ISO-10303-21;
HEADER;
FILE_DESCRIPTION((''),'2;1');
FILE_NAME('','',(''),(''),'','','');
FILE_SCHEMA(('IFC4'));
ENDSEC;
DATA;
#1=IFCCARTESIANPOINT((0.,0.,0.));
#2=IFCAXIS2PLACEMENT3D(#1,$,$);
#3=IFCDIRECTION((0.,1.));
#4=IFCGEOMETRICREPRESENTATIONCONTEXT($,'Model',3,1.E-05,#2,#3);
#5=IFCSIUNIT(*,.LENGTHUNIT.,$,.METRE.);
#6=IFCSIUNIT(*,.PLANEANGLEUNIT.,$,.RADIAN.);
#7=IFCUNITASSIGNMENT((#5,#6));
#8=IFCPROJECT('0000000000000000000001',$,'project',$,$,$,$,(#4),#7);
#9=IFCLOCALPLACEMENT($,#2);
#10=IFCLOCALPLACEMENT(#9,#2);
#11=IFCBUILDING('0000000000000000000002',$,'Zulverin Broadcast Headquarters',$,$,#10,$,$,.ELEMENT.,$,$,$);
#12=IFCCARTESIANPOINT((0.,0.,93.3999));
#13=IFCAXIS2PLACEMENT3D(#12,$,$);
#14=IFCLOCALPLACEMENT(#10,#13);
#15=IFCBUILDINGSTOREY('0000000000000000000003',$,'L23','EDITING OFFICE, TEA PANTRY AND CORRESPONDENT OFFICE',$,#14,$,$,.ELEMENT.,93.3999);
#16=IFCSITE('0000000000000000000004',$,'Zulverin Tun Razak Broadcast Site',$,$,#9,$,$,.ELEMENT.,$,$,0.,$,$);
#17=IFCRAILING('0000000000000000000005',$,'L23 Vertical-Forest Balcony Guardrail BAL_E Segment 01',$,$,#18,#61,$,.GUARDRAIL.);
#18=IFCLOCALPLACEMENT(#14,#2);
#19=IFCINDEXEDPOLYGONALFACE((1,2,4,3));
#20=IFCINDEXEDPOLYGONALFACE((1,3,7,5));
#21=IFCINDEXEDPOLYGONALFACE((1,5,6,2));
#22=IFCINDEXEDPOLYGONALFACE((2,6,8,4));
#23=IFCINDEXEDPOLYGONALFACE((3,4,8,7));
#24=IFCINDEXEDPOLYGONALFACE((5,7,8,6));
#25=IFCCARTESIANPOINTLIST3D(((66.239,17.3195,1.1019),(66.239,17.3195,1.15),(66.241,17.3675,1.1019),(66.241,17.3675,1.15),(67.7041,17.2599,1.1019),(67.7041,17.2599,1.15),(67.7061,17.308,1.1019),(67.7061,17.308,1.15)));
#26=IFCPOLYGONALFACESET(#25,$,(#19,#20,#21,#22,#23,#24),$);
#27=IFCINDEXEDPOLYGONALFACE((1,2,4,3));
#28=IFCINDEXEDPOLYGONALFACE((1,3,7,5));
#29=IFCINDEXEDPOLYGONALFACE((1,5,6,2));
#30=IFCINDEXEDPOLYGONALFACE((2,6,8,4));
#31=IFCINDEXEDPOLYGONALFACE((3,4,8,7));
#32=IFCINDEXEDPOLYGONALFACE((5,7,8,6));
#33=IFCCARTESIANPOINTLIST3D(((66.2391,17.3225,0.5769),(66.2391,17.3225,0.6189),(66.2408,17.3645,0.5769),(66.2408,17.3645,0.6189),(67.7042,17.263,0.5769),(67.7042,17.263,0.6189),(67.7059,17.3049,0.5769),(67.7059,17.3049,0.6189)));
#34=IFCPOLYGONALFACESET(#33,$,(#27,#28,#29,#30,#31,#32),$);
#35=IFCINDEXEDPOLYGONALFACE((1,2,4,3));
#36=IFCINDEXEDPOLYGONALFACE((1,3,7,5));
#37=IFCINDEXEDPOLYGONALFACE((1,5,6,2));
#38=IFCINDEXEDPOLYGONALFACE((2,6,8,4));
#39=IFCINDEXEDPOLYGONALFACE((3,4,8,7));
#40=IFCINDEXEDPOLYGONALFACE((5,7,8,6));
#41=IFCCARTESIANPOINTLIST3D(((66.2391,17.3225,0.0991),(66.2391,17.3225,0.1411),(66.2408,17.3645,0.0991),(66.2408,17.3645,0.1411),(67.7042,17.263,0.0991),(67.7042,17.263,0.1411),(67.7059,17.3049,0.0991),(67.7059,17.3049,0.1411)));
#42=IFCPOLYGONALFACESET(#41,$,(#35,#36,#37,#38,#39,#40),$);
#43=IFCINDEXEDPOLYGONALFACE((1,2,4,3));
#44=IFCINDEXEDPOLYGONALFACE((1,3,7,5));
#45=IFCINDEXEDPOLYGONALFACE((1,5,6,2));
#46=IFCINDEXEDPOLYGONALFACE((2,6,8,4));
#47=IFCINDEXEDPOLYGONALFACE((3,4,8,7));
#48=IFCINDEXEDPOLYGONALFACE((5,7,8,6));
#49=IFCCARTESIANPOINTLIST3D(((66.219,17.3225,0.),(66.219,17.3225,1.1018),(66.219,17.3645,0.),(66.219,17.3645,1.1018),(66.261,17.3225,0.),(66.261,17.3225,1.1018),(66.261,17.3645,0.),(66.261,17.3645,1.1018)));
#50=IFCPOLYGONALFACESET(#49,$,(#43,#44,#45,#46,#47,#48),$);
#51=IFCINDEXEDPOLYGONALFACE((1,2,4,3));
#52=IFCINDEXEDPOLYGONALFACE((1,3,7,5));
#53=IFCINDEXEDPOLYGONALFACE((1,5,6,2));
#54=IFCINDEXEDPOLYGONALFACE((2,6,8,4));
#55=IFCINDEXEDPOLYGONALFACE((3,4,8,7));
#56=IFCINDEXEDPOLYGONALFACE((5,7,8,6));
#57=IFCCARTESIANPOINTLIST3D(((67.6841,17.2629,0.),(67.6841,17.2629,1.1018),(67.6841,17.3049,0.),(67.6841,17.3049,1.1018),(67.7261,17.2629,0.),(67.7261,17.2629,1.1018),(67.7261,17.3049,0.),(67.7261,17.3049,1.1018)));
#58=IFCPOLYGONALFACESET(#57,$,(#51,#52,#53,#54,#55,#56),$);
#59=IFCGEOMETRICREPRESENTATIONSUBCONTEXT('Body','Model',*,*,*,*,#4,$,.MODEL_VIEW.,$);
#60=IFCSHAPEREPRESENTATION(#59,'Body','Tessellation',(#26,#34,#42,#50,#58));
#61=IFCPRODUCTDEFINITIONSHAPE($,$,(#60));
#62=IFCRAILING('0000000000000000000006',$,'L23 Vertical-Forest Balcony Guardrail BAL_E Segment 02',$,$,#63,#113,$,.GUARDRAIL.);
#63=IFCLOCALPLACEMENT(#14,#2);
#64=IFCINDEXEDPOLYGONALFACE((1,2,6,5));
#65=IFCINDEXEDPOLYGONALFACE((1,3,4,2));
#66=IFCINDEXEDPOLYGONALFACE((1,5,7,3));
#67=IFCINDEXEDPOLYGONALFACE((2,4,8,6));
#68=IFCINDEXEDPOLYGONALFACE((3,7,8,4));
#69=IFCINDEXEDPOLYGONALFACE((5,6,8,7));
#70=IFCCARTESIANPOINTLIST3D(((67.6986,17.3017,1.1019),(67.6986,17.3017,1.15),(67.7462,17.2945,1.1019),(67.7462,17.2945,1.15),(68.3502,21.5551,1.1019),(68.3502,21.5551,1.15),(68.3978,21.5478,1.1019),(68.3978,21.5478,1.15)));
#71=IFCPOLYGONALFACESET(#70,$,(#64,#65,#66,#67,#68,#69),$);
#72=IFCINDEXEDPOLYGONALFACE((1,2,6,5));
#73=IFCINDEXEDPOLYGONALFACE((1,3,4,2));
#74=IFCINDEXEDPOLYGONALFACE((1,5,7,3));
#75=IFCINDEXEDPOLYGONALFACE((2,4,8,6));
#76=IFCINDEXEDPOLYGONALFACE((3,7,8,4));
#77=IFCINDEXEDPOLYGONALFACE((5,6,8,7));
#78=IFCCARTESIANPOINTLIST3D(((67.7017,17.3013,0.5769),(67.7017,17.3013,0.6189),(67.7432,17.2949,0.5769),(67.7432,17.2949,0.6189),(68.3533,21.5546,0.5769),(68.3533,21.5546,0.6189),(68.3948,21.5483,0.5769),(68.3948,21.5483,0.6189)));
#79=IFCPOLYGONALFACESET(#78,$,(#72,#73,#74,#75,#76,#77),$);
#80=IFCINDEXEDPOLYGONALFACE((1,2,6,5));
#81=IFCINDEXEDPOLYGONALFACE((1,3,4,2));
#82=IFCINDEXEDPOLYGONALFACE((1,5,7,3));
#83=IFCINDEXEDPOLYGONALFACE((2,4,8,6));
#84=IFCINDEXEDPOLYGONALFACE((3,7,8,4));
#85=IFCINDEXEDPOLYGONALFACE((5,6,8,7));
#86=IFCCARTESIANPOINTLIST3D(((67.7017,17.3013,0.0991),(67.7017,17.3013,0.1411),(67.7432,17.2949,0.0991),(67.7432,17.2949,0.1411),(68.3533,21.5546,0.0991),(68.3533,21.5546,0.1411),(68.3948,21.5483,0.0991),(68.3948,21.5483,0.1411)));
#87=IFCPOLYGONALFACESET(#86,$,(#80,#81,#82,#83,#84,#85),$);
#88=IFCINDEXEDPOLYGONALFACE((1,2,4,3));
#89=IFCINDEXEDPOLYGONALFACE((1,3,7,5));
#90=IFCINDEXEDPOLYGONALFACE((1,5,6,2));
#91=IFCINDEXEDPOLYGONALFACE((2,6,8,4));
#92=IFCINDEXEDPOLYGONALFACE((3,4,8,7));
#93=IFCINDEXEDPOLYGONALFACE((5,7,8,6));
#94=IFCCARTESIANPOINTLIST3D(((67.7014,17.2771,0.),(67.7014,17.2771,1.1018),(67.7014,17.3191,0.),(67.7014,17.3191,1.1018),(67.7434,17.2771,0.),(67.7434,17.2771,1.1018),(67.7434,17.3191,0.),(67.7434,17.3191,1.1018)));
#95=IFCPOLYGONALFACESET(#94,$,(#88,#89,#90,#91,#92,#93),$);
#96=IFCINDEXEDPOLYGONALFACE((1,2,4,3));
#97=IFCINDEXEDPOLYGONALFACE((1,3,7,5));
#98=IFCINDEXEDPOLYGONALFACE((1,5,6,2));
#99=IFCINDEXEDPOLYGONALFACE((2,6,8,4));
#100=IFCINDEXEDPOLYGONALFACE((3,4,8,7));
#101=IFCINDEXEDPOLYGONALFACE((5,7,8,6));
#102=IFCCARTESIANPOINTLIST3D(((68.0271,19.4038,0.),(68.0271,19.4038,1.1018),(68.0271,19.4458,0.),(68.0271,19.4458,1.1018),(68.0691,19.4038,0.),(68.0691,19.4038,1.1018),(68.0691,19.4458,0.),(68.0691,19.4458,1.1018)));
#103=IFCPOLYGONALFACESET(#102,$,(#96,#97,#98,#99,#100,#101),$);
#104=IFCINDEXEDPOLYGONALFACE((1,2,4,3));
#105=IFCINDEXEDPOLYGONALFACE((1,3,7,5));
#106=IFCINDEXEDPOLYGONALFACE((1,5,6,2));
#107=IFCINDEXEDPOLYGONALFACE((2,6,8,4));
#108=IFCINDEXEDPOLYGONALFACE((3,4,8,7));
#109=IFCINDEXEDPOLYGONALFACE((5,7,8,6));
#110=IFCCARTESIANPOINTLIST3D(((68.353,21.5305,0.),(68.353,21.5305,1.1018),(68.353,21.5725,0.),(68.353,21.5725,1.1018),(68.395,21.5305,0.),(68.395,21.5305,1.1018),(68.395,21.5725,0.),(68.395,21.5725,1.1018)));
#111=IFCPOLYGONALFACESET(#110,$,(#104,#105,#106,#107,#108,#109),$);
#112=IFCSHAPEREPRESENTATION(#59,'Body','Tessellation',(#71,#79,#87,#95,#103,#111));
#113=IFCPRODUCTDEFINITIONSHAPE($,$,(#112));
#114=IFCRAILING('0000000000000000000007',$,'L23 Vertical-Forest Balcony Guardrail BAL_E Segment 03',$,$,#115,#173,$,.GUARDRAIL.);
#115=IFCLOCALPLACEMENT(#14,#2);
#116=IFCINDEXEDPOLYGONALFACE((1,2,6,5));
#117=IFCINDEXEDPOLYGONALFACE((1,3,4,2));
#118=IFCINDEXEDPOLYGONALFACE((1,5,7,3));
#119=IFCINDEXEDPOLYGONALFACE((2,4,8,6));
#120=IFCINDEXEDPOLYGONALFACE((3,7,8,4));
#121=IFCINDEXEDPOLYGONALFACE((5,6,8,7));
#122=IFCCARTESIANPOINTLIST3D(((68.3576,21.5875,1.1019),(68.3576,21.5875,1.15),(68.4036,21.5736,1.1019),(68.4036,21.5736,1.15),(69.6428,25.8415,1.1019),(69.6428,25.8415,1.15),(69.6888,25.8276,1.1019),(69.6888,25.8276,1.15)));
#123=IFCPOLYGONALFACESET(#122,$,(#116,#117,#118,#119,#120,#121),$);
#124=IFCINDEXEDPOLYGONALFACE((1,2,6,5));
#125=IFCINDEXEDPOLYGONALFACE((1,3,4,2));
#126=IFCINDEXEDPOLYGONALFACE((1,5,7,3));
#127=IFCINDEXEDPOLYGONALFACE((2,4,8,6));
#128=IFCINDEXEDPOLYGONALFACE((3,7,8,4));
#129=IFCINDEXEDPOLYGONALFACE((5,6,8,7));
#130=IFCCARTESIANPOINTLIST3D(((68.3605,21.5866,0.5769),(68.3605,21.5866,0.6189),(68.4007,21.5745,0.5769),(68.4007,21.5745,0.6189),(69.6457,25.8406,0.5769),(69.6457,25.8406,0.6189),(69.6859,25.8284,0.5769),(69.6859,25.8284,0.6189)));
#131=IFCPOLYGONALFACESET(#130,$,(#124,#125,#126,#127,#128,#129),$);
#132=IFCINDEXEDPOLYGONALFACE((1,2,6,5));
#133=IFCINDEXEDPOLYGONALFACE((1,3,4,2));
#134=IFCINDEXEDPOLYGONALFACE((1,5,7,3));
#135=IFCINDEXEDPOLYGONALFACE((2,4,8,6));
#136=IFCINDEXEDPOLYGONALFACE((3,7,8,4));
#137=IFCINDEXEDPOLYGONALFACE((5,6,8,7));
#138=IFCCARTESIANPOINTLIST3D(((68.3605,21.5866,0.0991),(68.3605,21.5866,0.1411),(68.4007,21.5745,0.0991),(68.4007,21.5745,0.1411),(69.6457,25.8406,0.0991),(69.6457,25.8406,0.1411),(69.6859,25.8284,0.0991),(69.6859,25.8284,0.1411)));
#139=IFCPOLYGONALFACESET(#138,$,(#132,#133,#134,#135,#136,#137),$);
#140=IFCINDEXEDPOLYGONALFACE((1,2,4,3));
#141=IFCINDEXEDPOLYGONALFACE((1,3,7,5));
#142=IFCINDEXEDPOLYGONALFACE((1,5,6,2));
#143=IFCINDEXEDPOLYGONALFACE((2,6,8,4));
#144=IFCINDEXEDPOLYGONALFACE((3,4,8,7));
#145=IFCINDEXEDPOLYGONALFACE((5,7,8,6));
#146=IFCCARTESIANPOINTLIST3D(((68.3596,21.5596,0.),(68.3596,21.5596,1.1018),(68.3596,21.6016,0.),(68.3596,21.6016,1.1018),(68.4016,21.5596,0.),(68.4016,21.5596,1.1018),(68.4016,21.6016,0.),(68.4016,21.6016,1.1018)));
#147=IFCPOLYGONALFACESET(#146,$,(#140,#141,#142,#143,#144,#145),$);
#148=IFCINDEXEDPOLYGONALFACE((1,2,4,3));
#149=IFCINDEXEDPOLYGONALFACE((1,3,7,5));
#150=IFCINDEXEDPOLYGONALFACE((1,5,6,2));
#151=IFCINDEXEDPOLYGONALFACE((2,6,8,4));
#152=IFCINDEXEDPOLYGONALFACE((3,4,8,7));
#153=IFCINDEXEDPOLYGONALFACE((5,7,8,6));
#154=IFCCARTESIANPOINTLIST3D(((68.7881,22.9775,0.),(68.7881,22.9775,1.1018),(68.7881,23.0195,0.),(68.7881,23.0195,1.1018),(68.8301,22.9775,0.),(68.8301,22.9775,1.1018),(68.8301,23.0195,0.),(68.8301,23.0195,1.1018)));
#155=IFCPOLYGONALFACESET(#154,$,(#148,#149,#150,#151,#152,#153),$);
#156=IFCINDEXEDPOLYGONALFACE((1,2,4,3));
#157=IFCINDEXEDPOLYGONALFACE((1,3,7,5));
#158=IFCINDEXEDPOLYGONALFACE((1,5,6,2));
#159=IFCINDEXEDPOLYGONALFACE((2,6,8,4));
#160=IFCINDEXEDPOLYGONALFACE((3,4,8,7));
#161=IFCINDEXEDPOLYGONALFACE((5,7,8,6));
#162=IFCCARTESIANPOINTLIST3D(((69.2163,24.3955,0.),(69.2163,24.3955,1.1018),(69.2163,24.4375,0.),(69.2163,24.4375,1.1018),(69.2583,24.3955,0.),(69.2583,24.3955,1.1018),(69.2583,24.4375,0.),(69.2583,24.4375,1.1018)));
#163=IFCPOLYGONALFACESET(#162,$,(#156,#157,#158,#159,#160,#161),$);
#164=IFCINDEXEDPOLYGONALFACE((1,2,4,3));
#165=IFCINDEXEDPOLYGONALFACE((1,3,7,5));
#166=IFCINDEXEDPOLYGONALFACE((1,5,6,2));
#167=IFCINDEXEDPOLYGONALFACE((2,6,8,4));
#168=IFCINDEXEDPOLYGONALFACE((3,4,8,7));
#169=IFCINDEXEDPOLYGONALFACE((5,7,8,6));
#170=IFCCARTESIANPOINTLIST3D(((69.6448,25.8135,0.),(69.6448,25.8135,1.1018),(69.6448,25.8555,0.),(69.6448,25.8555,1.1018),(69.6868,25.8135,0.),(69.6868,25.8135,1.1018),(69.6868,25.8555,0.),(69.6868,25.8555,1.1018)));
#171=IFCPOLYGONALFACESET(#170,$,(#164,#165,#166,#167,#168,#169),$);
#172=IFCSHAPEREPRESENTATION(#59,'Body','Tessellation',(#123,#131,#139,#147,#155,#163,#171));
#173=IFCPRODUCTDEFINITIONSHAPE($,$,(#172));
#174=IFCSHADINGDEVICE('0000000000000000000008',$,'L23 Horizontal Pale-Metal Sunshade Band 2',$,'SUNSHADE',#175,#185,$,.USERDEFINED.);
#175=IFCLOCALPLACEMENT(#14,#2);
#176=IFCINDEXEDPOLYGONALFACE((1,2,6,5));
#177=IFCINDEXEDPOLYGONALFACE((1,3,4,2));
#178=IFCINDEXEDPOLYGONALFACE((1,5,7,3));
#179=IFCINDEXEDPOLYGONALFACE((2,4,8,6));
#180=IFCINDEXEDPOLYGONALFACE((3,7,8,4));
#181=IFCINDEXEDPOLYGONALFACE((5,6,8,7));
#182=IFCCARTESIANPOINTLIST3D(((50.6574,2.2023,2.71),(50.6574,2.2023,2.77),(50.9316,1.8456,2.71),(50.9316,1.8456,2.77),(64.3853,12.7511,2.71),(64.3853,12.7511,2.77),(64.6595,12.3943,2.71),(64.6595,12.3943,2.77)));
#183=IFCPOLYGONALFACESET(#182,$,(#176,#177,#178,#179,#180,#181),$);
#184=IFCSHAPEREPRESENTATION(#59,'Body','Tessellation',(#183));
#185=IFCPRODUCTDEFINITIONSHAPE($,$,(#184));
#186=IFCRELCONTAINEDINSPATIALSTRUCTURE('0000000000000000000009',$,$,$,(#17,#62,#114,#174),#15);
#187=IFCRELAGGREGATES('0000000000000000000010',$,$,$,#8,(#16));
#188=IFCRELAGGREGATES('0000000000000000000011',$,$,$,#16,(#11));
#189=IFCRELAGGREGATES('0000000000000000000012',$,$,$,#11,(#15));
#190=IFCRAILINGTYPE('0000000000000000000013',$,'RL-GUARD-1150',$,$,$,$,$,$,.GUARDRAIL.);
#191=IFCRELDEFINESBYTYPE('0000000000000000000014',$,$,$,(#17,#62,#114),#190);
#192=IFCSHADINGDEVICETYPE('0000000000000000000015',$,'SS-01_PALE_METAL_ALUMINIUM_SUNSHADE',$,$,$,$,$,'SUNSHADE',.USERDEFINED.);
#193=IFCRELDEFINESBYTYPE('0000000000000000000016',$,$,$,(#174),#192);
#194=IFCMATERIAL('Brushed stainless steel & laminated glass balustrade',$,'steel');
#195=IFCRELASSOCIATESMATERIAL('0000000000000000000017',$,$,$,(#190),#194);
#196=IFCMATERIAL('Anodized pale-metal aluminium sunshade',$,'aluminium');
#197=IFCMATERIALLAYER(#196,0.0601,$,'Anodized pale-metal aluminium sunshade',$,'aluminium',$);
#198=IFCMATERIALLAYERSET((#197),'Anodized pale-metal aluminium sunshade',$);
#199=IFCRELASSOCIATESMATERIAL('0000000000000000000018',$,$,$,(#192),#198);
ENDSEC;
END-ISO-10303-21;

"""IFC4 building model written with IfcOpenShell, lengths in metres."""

from ifc_helpers import new_model, si_unit, direction, frame, origin, origin_2d, place, context, subcontext, project, spatial, rectangle, extrude, material, layer, layer_set, type_object, element, save


model = new_model("IFC4")

# Units and contexts
model_context = context("Model", 3, precision=1e-05, world=origin(), true_north=direction((0.0, 1.0)))
body_context = subcontext(model_context, "Body", "Model", "MODEL_VIEW")
ifc_project = project(units=[si_unit("LENGTHUNIT", "METRE"), si_unit("PLANEANGLEUNIT", "RADIAN")], contexts=[model_context])

# Site, building, storey
site_placement = place(None, origin())
site = spatial("IfcSite", under=ifc_project, at=site_placement, Name="Zulverin Tun Razak Broadcast Site", CompositionType="ELEMENT", RefElevation=0.0)
building_placement = place(site_placement, origin())
building = spatial("IfcBuilding", under=site, at=building_placement, Name="Zulverin Broadcast Headquarters", CompositionType="ELEMENT")
storey_placement = place(building_placement, frame((0.0, 0.0, 93.3999)))
storey = spatial("IfcBuildingStorey", under=building, at=storey_placement, Name="L23", Description="EDITING OFFICE, TEA PANTRY AND CORRESPONDENT OFFICE", CompositionType="ELEMENT", Elevation=93.3999)

# Railings
ifc_material_1 = material(Name="Brushed stainless steel & laminated glass balustrade", Category="steel")
railing_type = type_object("IfcRailingType", Name="RL-GUARD-1150", PredefinedType="GUARDRAIL", material=ifc_material_1)
railing_1_placement = place(storey_placement, frame((66.24, 17.3435, 0.0)))
element("IfcRailing", 1, at=railing_1_placement, inside=storey, type_object=railing_type, Name="L23 Vertical-Forest Balcony Guardrail BAL_E Segment 01", PredefinedType="GUARDRAIL", context=body_context, shape_type="SweptSolid", body=[
    extrude(rectangle(XDim=0.0481, YDim=0.0481, at=origin_2d()), frame((0.0, 0.0, 1.126), z_axis=(0.999174, -0.040626, 0.0), x_axis=(0.040626, 0.999174, 0.0)), (0.0, 0.0, 1.0), 1.4663),
    extrude(rectangle(XDim=0.042, YDim=0.042, at=origin_2d()), frame((0.0, 0.0, 0.5979), z_axis=(0.999174, -0.040626, 0.0), x_axis=(0.040626, 0.999174, 0.0)), (0.0, 0.0, 1.0), 1.4663),
    extrude(rectangle(XDim=0.042, YDim=0.042, at=origin_2d()), frame((0.0, 0.0, 0.1201), z_axis=(0.999174, -0.040626, 0.0), x_axis=(0.040626, 0.999174, 0.0)), (0.0, 0.0, 1.0), 1.4663),
    extrude(rectangle(XDim=0.042, YDim=0.042, at=origin_2d()), origin(), (0.0, 0.0, 1.0), 1.1018),
    extrude(rectangle(XDim=0.042, YDim=0.042, at=origin_2d()), frame((1.4651, -0.0596, 0.0)), (0.0, 0.0, 1.0), 1.1018),
])
railing_2_placement = place(storey_placement, frame((67.7224, 17.2981, 0.0)))
element("IfcRailing", 2, at=railing_2_placement, inside=storey, type_object=railing_type, Name="L23 Vertical-Forest Balcony Guardrail BAL_E Segment 02", PredefinedType="GUARDRAIL", context=body_context, shape_type="SweptSolid", body=[
    extrude(rectangle(XDim=0.0481, YDim=0.0481, at=origin_2d()), frame((0.0, 0.0, 1.126), z_axis=(0.15143, 0.988468, 0.0), x_axis=(-0.988468, 0.15143, 0.0)), (0.0, 0.0, 1.0), 4.303),
    extrude(rectangle(XDim=0.042, YDim=0.042, at=origin_2d()), frame((0.0, 0.0, 0.5979), z_axis=(0.15143, 0.988468, 0.0), x_axis=(-0.988468, 0.15143, 0.0)), (0.0, 0.0, 1.0), 4.303),
    extrude(rectangle(XDim=0.042, YDim=0.042, at=origin_2d()), frame((0.0, 0.0, 0.1201), z_axis=(0.15143, 0.988468, 0.0), x_axis=(-0.988468, 0.15143, 0.0)), (0.0, 0.0, 1.0), 4.303),
    extrude(rectangle(XDim=0.042, YDim=0.042, at=origin_2d()), origin(), (0.0, 0.0, 1.0), 1.1018),
    extrude(rectangle(XDim=0.042, YDim=0.042, at=origin_2d()), frame((0.3257, 2.1267, 0.0)), (0.0, 0.0, 1.0), 1.1018),
    extrude(rectangle(XDim=0.042, YDim=0.042, at=origin_2d()), frame((0.6516, 4.2534, 0.0)), (0.0, 0.0, 1.0), 1.1018),
])
railing_3_placement = place(storey_placement, frame((68.3806, 21.5806, 0.0)))
element("IfcRailing", 3, at=railing_3_placement, inside=storey, type_object=railing_type, Name="L23 Vertical-Forest Balcony Guardrail BAL_E Segment 03", PredefinedType="GUARDRAIL", context=body_context, shape_type="SweptSolid", body=[
    extrude(rectangle(XDim=0.0481, YDim=0.0481, at=origin_2d()), frame((0.0, 0.0, 1.126), z_axis=(0.289202, 0.957268, 0.0), x_axis=(-0.957268, 0.289202, 0.0)), (0.0, 0.0, 1.0), 4.4438),
    extrude(rectangle(XDim=0.042, YDim=0.042, at=origin_2d()), frame((0.0, 0.0, 0.5979), z_axis=(0.289202, 0.957268, 0.0), x_axis=(-0.957268, 0.289202, 0.0)), (0.0, 0.0, 1.0), 4.4438),
    extrude(rectangle(XDim=0.042, YDim=0.042, at=origin_2d()), frame((0.0, 0.0, 0.1201), z_axis=(0.289202, 0.957268, 0.0), x_axis=(-0.957268, 0.289202, 0.0)), (0.0, 0.0, 1.0), 4.4438),
    extrude(rectangle(XDim=0.042, YDim=0.042, at=origin_2d()), origin(), (0.0, 0.0, 1.0), 1.1018),
    extrude(rectangle(XDim=0.042, YDim=0.042, at=origin_2d()), frame((0.4285, 1.418, 0.0)), (0.0, 0.0, 1.0), 1.1018),
    extrude(rectangle(XDim=0.042, YDim=0.042, at=origin_2d()), frame((0.8567, 2.8359, 0.0)), (0.0, 0.0, 1.0), 1.1018),
    extrude(rectangle(XDim=0.042, YDim=0.042, at=origin_2d()), frame((1.2852, 4.2539, 0.0)), (0.0, 0.0, 1.0), 1.1018),
])

# Shading device
ifc_material_2 = material(Name="Anodized pale-metal aluminium sunshade", Category="aluminium")
ifc_layer_1 = layer(ifc_material_2, 0.0601, Name="Anodized pale-metal aluminium sunshade", Category="aluminium")
ifc_layer_set_1 = layer_set([ifc_layer_1], Name="Anodized pale-metal aluminium sunshade")
shading_device_type = type_object("IfcShadingDeviceType", Name="SS-01_PALE_METAL_ALUMINIUM_SUNSHADE", ElementType="SUNSHADE", PredefinedType="USERDEFINED", material=ifc_layer_set_1)
shading_device_placement = place(storey_placement, frame((57.6584, 7.2983, 2.71), z_axis=(0.0, 0.0, 1.0), x_axis=(0.792933, 0.609308, 0.0)))
element("IfcShadingDevice", 4, at=shading_device_placement, inside=storey, type_object=shading_device_type, Name="L23 Horizontal Pale-Metal Sunshade Band 2", ObjectType="SUNSHADE", PredefinedType="USERDEFINED", context=body_context, shape_type="SweptSolid", body=[
    extrude(rectangle(XDim=17.3127, YDim=0.45, at=origin_2d()), origin(), (0.0, 0.0, 1.0), 0.0601),
])

save(model, "model.ifc")
